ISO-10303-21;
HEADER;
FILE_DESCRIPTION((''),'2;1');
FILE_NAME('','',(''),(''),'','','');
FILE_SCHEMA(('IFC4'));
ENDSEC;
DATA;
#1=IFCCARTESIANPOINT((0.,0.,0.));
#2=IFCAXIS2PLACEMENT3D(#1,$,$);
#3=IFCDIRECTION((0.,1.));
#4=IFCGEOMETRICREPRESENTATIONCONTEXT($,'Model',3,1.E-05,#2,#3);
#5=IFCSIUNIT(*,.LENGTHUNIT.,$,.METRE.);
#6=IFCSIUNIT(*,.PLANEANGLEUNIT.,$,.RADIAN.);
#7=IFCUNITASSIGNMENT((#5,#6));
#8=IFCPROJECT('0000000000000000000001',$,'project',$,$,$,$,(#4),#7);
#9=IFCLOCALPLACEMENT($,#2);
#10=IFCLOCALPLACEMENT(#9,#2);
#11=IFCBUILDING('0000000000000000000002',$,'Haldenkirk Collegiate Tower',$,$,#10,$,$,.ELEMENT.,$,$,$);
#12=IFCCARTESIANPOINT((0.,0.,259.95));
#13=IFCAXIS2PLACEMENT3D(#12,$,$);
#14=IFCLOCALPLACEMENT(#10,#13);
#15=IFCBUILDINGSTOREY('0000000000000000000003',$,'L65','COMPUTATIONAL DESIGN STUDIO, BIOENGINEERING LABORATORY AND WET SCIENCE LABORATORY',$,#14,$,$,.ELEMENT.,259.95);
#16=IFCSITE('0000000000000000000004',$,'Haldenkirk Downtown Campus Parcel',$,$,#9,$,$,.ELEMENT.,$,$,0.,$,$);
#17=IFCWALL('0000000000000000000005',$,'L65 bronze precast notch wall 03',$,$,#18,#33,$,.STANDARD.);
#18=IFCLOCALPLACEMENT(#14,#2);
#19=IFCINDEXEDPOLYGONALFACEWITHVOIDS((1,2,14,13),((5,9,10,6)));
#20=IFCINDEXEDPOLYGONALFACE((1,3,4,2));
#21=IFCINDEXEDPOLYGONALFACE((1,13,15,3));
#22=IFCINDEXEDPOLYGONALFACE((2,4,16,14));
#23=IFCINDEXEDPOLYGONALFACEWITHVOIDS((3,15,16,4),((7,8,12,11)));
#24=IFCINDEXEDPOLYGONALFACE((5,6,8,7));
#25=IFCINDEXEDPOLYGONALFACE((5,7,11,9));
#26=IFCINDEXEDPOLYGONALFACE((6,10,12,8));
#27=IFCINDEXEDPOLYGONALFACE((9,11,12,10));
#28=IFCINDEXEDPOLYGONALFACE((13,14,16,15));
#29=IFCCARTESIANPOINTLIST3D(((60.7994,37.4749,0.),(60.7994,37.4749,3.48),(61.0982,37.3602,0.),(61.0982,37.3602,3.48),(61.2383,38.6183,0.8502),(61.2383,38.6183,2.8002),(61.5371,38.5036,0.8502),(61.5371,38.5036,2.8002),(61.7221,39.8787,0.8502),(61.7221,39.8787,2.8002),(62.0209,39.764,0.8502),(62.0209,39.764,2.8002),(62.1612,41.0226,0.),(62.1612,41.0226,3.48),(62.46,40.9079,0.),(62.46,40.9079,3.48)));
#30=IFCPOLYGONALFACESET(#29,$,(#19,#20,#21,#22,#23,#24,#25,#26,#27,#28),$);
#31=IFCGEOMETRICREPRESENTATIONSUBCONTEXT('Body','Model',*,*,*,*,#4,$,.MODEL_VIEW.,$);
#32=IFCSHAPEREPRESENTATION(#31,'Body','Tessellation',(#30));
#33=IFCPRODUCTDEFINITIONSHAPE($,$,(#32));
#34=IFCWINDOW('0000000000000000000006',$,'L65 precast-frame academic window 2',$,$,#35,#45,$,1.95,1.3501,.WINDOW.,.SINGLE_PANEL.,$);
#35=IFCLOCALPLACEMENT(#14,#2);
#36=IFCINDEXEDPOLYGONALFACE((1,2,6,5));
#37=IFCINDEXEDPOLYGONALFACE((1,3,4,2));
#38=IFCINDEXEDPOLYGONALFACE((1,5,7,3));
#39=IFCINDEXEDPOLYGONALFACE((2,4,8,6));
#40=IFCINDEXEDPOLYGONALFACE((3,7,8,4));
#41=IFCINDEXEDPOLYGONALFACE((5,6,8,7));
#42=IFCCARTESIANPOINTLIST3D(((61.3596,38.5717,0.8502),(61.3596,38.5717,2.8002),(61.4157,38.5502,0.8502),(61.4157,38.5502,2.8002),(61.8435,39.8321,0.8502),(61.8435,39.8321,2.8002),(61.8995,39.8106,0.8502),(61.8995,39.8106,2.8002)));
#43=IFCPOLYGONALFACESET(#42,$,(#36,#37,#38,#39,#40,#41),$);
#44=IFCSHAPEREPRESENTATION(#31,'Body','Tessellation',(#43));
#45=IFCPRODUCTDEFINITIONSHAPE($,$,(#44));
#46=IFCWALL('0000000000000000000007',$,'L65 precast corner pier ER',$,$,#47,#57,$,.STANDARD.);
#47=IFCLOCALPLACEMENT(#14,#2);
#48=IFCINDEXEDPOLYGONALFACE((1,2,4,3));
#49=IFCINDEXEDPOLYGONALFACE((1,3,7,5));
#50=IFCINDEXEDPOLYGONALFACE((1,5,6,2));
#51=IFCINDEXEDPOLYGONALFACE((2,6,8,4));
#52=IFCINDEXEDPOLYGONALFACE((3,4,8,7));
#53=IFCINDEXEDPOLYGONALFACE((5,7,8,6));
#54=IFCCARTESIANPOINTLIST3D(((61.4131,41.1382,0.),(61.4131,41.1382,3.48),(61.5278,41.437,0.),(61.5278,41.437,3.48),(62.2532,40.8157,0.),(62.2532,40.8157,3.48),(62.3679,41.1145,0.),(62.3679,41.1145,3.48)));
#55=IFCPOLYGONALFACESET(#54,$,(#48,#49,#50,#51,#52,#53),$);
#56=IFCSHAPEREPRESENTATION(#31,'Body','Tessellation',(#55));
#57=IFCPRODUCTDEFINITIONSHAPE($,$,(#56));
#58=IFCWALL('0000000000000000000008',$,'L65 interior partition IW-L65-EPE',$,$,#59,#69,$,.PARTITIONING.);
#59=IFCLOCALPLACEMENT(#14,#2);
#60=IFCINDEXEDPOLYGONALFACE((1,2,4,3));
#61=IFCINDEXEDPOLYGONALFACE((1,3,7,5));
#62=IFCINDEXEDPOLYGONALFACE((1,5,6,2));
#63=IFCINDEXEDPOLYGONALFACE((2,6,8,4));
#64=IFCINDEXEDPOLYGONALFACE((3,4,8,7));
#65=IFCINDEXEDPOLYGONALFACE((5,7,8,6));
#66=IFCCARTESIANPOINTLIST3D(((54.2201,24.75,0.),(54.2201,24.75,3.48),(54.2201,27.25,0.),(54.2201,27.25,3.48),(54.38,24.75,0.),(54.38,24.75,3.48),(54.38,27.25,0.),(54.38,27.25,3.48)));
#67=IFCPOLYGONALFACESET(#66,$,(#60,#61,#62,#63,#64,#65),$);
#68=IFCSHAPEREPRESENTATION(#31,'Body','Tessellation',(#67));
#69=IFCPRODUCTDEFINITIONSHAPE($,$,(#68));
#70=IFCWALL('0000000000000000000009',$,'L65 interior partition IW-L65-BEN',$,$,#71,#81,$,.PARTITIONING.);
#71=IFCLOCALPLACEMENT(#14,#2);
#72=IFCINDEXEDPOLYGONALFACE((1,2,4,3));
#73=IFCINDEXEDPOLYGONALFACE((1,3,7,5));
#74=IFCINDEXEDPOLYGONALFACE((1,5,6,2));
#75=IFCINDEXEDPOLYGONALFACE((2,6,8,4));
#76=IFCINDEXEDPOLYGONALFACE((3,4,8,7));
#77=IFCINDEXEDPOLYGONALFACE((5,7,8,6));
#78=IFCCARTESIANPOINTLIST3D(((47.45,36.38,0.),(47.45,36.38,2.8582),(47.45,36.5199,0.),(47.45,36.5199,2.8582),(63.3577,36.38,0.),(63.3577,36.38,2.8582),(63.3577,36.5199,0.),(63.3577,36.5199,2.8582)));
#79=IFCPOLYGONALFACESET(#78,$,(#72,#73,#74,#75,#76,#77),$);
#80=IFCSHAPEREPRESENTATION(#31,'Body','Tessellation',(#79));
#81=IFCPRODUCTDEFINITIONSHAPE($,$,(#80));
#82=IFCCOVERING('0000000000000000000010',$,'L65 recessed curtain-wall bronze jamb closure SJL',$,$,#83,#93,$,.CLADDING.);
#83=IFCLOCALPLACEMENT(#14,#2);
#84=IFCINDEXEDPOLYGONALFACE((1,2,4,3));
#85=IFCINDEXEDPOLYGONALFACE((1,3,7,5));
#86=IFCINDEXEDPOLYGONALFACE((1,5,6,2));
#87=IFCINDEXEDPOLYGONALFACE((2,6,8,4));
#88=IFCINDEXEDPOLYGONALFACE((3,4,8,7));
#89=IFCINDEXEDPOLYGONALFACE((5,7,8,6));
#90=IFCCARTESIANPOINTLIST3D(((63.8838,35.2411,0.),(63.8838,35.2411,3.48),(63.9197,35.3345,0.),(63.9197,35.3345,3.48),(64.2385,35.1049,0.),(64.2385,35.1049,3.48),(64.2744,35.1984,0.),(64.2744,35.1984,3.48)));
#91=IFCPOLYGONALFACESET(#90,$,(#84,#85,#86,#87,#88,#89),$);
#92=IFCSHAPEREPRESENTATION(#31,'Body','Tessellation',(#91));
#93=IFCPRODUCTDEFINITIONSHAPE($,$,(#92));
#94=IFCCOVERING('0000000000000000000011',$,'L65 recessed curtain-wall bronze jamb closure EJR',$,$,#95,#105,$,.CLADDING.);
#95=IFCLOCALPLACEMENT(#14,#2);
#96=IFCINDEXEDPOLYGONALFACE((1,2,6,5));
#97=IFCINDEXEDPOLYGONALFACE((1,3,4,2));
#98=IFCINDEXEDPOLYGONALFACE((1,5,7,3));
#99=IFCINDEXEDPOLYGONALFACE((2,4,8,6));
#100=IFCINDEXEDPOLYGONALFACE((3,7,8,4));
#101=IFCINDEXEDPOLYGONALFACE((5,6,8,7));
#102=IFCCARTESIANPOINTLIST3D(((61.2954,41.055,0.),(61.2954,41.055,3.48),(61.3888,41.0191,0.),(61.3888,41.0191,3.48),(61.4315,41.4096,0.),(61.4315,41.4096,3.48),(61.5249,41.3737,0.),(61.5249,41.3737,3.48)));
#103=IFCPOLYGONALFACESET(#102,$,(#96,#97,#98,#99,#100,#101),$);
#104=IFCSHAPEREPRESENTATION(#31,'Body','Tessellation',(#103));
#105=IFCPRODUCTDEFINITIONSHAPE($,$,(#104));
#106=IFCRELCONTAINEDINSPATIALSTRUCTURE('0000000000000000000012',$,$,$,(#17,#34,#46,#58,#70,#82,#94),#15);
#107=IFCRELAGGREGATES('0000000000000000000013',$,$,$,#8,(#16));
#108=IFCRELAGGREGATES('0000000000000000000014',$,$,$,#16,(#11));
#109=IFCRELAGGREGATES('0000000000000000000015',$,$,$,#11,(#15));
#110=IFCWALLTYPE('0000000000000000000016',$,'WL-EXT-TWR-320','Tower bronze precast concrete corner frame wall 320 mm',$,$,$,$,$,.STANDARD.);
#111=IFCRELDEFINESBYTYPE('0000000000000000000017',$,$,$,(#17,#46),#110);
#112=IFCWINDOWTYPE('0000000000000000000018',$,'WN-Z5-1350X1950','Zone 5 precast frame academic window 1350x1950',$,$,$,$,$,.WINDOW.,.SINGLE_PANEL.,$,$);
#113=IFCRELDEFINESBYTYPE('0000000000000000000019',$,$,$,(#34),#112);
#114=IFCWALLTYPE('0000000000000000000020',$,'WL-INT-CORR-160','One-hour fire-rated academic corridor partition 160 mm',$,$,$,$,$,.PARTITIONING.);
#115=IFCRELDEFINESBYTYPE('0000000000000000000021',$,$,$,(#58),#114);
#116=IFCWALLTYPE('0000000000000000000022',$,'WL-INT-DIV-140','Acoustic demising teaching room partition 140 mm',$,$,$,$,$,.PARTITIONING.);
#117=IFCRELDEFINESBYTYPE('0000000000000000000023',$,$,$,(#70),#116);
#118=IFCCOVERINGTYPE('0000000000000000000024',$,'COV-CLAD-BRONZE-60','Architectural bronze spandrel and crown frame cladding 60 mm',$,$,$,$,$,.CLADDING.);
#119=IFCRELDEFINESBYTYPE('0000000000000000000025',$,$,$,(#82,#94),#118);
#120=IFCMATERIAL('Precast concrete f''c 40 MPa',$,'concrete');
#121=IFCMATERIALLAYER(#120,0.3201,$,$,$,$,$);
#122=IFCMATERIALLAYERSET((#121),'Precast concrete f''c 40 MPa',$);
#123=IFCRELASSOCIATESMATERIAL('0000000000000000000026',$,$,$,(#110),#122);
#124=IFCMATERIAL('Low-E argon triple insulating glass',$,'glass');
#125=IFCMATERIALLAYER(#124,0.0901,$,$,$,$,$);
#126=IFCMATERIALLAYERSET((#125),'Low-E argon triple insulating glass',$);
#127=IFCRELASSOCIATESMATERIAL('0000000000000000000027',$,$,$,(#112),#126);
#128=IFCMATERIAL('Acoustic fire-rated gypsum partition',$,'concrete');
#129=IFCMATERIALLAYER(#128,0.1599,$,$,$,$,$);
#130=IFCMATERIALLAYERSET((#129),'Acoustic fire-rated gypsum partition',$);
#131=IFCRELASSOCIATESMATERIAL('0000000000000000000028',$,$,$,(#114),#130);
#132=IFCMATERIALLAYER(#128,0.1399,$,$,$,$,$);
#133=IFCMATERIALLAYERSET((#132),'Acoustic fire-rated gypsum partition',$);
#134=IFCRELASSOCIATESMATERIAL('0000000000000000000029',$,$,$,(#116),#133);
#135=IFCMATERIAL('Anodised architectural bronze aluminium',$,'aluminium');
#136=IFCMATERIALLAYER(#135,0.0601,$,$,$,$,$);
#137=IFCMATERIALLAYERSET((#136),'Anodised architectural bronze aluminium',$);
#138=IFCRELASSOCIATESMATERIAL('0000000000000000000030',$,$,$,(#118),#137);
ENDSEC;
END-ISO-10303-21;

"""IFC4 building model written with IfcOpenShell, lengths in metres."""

from ifc_helpers import new_model, si_unit, direction, frame, frame_2d, origin, origin_2d, place, context, subcontext, project, spatial, rectangle, extrude, source, transform, mapped, material, layer, layer_set, type_object, element, fill, save


model = new_model("IFC4")

# Units and contexts
model_context = context("Model", 3, precision=1e-05, world=origin(), true_north=direction((0.0, 1.0)))
body_context = subcontext(model_context, "Body", "Model", "MODEL_VIEW")
ifc_project = project(units=[si_unit("LENGTHUNIT", "METRE"), si_unit("PLANEANGLEUNIT", "RADIAN")], contexts=[model_context])

# Site, building, storey
site_placement = place(None, origin())
site = spatial("IfcSite", under=ifc_project, at=site_placement, Name="Haldenkirk Downtown Campus Parcel", CompositionType="ELEMENT", RefElevation=0.0)
building_placement = place(site_placement, origin())
building = spatial("IfcBuilding", under=site, at=building_placement, Name="Haldenkirk Collegiate Tower", CompositionType="ELEMENT")
storey_placement = place(building_placement, frame((0.0, 0.0, 259.95)))
storey = spatial("IfcBuildingStorey", under=building, at=storey_placement, Name="L65", Description="COMPUTATIONAL DESIGN STUDIO, BIOENGINEERING LABORATORY AND WET SCIENCE LABORATORY", CompositionType="ELEMENT", Elevation=259.95)

# Shared definitions
ifc_material_1 = material(Name="Anodised architectural bronze aluminium", Category="aluminium")

# Shared definitions
ifc_material_2 = material(Name="Low-E argon triple insulating glass", Category="glass")

# Shared definitions
ifc_material_3 = material(Name="Precast concrete f'c 40 MPa", Category="concrete")
ifc_layer_1 = layer(ifc_material_3, 0.3201)
ifc_layer_set_1 = layer_set([ifc_layer_1], Name="Precast concrete f'c 40 MPa")
wall_type_1 = type_object("IfcWallType", Name="WL-EXT-TWR-320", Description="Tower bronze precast concrete corner frame wall 320 mm", PredefinedType="STANDARD", material=ifc_layer_set_1)

# Wall, opening, window
wall_1_placement = place(storey_placement, frame((62.3105, 40.9651, 0.0), z_axis=(0.0, 0.0, 1.0), x_axis=(-0.358372, -0.933579, 0.0)))
wall_1 = element("IfcWall", 1, at=wall_1_placement, inside=storey, type_object=wall_type_1, Name="L65 bronze precast notch wall 03", PredefinedType="STANDARD", context=body_context, shape_type="SweptSolid", body=[
    extrude(rectangle(XDim=3.8, YDim=0.3201, at=frame_2d((1.8999, 0.0))), origin(), (0.0, 0.0, 1.0), 3.48),
])
opening_placement = place(wall_1_placement, frame((1.2251, 0.0, 0.8501)))
opening = element("IfcOpeningElement", 2, at=opening_placement, cuts=wall_1, PredefinedType="OPENING", context=body_context, shape_type="SweptSolid", body=[
    extrude(rectangle(XDim=1.3501, YDim=1.95, at=frame_2d((0.675, 0.9751))), frame((0.0, 0.1699, 0.0), z_axis=(0.0, -1.0, 0.0), x_axis=(1.0, 0.0, 0.0)), (0.0, 0.0, 1.0), 0.3401),
])
ifc_layer_2 = layer(ifc_material_2, 0.0901)
ifc_layer_set_2 = layer_set([ifc_layer_2], Name="Low-E argon triple insulating glass")
window_type = type_object("IfcWindowType", Name="WN-Z5-1350X1950", Description="Zone 5 precast frame academic window 1350x1950", PartitioningType="SINGLE_PANEL", PredefinedType="WINDOW", material=ifc_layer_set_2)
window_placement = place(opening_placement, origin())
window = element("IfcWindow", 3, at=window_placement, inside=storey, type_object=window_type, Name="L65 precast-frame academic window 2", OverallHeight=1.95, OverallWidth=1.3501, PartitioningType="SINGLE_PANEL", PredefinedType="WINDOW", context=body_context, shape_type="SweptSolid", body=[
    extrude(rectangle(XDim=1.3501, YDim=1.95, at=frame_2d((0.675, 0.9751))), frame((0.0, 0.03, 0.0), z_axis=(0.0, -1.0, 0.0), x_axis=(1.0, 0.0, 0.0)), (0.0, 0.0, 1.0), 0.0601),
])
fill(opening, window)

# Walls
wall_2_placement = place(storey_placement, frame((61.4705, 41.2876, 0.0), z_axis=(0.0, 0.0, 1.0), x_axis=(0.933569, -0.358397, 0.0)))
element("IfcWall", 4, at=wall_2_placement, inside=storey, type_object=wall_type_1, Name="L65 precast corner pier ER", PredefinedType="STANDARD", context=body_context, shape_type="SweptSolid", body=[
    extrude(rectangle(XDim=0.8999, YDim=0.3201, at=frame_2d((0.45, 0.0))), origin(), (0.0, 0.0, 1.0), 3.48),
])
ifc_material_4 = material(Name="Acoustic fire-rated gypsum partition", Category="concrete")
ifc_layer_3 = layer(ifc_material_4, 0.1599)
ifc_layer_set_3 = layer_set([ifc_layer_3], Name="Acoustic fire-rated gypsum partition")
wall_type_2 = type_object("IfcWallType", Name="WL-INT-CORR-160", Description="One-hour fire-rated academic corridor partition 160 mm", PredefinedType="PARTITIONING", material=ifc_layer_set_3)
wall_3_placement = place(storey_placement, frame((54.3, 24.75, 0.0), z_axis=(0.0, 0.0, 1.0), x_axis=(0.0, 1.0, 0.0)))
element("IfcWall", 5, at=wall_3_placement, inside=storey, type_object=wall_type_2, Name="L65 interior partition IW-L65-EPE", PredefinedType="PARTITIONING", context=body_context, shape_type="SweptSolid", body=[
    extrude(rectangle(XDim=2.5, YDim=0.1599, at=frame_2d((1.25, 0.0))), origin(), (0.0, 0.0, 1.0), 3.48),
])
ifc_layer_4 = layer(ifc_material_4, 0.1399)
ifc_layer_set_4 = layer_set([ifc_layer_4], Name="Acoustic fire-rated gypsum partition")
wall_type_3 = type_object("IfcWallType", Name="WL-INT-DIV-140", Description="Acoustic demising teaching room partition 140 mm", PredefinedType="PARTITIONING", material=ifc_layer_set_4)
wall_4_placement = place(storey_placement, frame((47.45, 36.45, 0.0), z_axis=(0.0, 0.0, 1.0), x_axis=(1.0, 0.0, 0.0)))
element("IfcWall", 6, at=wall_4_placement, inside=storey, type_object=wall_type_3, Name="L65 interior partition IW-L65-BEN", PredefinedType="PARTITIONING", context=body_context, shape_type="SweptSolid", body=[
    extrude(rectangle(XDim=15.9077, YDim=0.1399, at=frame_2d((7.9539, 0.0))), origin(), (0.0, 0.0, 1.0), 2.8582),
])

# Coverings
ifc_layer_5 = layer(ifc_material_1, 0.0601)
ifc_layer_set_5 = layer_set([ifc_layer_5], Name="Anodised architectural bronze aluminium")
covering_type = type_object("IfcCoveringType", Name="COV-CLAD-BRONZE-60", Description="Architectural bronze spandrel and crown frame cladding 60 mm", PredefinedType="CLADDING", material=ifc_layer_set_5)
shared_shape_1 = source(origin(), body_context, "Body", "SweptSolid", [
    extrude(rectangle(XDim=0.1001, YDim=0.3799, at=origin_2d()), origin(), (0.0, 0.0, 1.0), 3.48),
])
for number, where, z_axis, x_axis, name in (
    (7, (64.0791, 35.2197, 0.0), (0.0, 0.0, 1.0), (-0.358368, -0.93358, 0.0), "L65 recessed curtain-wall bronze jamb closure SJL"),
    (8, (61.4102, 41.2144, 0.0), (0.0, 0.0, 1.0), (0.93358, -0.358368, 0.0), "L65 recessed curtain-wall bronze jamb closure EJR"),
):
    element("IfcCovering", number, at=place(storey_placement, frame(where, z_axis=z_axis, x_axis=x_axis)), inside=storey, type_object=covering_type, Name=name, PredefinedType="CLADDING", context=body_context, shape_type="MappedRepresentation", body=[
        mapped(shared_shape_1, transform((0.0, 0.0, 0.0), x_axis=(1.0, 0.0, 0.0), y_axis=(0.0, 1.0, 0.0), z_axis=(0.0, 0.0, 1.0), scale=1.0)),
    ])

save(model, "model.ifc")
